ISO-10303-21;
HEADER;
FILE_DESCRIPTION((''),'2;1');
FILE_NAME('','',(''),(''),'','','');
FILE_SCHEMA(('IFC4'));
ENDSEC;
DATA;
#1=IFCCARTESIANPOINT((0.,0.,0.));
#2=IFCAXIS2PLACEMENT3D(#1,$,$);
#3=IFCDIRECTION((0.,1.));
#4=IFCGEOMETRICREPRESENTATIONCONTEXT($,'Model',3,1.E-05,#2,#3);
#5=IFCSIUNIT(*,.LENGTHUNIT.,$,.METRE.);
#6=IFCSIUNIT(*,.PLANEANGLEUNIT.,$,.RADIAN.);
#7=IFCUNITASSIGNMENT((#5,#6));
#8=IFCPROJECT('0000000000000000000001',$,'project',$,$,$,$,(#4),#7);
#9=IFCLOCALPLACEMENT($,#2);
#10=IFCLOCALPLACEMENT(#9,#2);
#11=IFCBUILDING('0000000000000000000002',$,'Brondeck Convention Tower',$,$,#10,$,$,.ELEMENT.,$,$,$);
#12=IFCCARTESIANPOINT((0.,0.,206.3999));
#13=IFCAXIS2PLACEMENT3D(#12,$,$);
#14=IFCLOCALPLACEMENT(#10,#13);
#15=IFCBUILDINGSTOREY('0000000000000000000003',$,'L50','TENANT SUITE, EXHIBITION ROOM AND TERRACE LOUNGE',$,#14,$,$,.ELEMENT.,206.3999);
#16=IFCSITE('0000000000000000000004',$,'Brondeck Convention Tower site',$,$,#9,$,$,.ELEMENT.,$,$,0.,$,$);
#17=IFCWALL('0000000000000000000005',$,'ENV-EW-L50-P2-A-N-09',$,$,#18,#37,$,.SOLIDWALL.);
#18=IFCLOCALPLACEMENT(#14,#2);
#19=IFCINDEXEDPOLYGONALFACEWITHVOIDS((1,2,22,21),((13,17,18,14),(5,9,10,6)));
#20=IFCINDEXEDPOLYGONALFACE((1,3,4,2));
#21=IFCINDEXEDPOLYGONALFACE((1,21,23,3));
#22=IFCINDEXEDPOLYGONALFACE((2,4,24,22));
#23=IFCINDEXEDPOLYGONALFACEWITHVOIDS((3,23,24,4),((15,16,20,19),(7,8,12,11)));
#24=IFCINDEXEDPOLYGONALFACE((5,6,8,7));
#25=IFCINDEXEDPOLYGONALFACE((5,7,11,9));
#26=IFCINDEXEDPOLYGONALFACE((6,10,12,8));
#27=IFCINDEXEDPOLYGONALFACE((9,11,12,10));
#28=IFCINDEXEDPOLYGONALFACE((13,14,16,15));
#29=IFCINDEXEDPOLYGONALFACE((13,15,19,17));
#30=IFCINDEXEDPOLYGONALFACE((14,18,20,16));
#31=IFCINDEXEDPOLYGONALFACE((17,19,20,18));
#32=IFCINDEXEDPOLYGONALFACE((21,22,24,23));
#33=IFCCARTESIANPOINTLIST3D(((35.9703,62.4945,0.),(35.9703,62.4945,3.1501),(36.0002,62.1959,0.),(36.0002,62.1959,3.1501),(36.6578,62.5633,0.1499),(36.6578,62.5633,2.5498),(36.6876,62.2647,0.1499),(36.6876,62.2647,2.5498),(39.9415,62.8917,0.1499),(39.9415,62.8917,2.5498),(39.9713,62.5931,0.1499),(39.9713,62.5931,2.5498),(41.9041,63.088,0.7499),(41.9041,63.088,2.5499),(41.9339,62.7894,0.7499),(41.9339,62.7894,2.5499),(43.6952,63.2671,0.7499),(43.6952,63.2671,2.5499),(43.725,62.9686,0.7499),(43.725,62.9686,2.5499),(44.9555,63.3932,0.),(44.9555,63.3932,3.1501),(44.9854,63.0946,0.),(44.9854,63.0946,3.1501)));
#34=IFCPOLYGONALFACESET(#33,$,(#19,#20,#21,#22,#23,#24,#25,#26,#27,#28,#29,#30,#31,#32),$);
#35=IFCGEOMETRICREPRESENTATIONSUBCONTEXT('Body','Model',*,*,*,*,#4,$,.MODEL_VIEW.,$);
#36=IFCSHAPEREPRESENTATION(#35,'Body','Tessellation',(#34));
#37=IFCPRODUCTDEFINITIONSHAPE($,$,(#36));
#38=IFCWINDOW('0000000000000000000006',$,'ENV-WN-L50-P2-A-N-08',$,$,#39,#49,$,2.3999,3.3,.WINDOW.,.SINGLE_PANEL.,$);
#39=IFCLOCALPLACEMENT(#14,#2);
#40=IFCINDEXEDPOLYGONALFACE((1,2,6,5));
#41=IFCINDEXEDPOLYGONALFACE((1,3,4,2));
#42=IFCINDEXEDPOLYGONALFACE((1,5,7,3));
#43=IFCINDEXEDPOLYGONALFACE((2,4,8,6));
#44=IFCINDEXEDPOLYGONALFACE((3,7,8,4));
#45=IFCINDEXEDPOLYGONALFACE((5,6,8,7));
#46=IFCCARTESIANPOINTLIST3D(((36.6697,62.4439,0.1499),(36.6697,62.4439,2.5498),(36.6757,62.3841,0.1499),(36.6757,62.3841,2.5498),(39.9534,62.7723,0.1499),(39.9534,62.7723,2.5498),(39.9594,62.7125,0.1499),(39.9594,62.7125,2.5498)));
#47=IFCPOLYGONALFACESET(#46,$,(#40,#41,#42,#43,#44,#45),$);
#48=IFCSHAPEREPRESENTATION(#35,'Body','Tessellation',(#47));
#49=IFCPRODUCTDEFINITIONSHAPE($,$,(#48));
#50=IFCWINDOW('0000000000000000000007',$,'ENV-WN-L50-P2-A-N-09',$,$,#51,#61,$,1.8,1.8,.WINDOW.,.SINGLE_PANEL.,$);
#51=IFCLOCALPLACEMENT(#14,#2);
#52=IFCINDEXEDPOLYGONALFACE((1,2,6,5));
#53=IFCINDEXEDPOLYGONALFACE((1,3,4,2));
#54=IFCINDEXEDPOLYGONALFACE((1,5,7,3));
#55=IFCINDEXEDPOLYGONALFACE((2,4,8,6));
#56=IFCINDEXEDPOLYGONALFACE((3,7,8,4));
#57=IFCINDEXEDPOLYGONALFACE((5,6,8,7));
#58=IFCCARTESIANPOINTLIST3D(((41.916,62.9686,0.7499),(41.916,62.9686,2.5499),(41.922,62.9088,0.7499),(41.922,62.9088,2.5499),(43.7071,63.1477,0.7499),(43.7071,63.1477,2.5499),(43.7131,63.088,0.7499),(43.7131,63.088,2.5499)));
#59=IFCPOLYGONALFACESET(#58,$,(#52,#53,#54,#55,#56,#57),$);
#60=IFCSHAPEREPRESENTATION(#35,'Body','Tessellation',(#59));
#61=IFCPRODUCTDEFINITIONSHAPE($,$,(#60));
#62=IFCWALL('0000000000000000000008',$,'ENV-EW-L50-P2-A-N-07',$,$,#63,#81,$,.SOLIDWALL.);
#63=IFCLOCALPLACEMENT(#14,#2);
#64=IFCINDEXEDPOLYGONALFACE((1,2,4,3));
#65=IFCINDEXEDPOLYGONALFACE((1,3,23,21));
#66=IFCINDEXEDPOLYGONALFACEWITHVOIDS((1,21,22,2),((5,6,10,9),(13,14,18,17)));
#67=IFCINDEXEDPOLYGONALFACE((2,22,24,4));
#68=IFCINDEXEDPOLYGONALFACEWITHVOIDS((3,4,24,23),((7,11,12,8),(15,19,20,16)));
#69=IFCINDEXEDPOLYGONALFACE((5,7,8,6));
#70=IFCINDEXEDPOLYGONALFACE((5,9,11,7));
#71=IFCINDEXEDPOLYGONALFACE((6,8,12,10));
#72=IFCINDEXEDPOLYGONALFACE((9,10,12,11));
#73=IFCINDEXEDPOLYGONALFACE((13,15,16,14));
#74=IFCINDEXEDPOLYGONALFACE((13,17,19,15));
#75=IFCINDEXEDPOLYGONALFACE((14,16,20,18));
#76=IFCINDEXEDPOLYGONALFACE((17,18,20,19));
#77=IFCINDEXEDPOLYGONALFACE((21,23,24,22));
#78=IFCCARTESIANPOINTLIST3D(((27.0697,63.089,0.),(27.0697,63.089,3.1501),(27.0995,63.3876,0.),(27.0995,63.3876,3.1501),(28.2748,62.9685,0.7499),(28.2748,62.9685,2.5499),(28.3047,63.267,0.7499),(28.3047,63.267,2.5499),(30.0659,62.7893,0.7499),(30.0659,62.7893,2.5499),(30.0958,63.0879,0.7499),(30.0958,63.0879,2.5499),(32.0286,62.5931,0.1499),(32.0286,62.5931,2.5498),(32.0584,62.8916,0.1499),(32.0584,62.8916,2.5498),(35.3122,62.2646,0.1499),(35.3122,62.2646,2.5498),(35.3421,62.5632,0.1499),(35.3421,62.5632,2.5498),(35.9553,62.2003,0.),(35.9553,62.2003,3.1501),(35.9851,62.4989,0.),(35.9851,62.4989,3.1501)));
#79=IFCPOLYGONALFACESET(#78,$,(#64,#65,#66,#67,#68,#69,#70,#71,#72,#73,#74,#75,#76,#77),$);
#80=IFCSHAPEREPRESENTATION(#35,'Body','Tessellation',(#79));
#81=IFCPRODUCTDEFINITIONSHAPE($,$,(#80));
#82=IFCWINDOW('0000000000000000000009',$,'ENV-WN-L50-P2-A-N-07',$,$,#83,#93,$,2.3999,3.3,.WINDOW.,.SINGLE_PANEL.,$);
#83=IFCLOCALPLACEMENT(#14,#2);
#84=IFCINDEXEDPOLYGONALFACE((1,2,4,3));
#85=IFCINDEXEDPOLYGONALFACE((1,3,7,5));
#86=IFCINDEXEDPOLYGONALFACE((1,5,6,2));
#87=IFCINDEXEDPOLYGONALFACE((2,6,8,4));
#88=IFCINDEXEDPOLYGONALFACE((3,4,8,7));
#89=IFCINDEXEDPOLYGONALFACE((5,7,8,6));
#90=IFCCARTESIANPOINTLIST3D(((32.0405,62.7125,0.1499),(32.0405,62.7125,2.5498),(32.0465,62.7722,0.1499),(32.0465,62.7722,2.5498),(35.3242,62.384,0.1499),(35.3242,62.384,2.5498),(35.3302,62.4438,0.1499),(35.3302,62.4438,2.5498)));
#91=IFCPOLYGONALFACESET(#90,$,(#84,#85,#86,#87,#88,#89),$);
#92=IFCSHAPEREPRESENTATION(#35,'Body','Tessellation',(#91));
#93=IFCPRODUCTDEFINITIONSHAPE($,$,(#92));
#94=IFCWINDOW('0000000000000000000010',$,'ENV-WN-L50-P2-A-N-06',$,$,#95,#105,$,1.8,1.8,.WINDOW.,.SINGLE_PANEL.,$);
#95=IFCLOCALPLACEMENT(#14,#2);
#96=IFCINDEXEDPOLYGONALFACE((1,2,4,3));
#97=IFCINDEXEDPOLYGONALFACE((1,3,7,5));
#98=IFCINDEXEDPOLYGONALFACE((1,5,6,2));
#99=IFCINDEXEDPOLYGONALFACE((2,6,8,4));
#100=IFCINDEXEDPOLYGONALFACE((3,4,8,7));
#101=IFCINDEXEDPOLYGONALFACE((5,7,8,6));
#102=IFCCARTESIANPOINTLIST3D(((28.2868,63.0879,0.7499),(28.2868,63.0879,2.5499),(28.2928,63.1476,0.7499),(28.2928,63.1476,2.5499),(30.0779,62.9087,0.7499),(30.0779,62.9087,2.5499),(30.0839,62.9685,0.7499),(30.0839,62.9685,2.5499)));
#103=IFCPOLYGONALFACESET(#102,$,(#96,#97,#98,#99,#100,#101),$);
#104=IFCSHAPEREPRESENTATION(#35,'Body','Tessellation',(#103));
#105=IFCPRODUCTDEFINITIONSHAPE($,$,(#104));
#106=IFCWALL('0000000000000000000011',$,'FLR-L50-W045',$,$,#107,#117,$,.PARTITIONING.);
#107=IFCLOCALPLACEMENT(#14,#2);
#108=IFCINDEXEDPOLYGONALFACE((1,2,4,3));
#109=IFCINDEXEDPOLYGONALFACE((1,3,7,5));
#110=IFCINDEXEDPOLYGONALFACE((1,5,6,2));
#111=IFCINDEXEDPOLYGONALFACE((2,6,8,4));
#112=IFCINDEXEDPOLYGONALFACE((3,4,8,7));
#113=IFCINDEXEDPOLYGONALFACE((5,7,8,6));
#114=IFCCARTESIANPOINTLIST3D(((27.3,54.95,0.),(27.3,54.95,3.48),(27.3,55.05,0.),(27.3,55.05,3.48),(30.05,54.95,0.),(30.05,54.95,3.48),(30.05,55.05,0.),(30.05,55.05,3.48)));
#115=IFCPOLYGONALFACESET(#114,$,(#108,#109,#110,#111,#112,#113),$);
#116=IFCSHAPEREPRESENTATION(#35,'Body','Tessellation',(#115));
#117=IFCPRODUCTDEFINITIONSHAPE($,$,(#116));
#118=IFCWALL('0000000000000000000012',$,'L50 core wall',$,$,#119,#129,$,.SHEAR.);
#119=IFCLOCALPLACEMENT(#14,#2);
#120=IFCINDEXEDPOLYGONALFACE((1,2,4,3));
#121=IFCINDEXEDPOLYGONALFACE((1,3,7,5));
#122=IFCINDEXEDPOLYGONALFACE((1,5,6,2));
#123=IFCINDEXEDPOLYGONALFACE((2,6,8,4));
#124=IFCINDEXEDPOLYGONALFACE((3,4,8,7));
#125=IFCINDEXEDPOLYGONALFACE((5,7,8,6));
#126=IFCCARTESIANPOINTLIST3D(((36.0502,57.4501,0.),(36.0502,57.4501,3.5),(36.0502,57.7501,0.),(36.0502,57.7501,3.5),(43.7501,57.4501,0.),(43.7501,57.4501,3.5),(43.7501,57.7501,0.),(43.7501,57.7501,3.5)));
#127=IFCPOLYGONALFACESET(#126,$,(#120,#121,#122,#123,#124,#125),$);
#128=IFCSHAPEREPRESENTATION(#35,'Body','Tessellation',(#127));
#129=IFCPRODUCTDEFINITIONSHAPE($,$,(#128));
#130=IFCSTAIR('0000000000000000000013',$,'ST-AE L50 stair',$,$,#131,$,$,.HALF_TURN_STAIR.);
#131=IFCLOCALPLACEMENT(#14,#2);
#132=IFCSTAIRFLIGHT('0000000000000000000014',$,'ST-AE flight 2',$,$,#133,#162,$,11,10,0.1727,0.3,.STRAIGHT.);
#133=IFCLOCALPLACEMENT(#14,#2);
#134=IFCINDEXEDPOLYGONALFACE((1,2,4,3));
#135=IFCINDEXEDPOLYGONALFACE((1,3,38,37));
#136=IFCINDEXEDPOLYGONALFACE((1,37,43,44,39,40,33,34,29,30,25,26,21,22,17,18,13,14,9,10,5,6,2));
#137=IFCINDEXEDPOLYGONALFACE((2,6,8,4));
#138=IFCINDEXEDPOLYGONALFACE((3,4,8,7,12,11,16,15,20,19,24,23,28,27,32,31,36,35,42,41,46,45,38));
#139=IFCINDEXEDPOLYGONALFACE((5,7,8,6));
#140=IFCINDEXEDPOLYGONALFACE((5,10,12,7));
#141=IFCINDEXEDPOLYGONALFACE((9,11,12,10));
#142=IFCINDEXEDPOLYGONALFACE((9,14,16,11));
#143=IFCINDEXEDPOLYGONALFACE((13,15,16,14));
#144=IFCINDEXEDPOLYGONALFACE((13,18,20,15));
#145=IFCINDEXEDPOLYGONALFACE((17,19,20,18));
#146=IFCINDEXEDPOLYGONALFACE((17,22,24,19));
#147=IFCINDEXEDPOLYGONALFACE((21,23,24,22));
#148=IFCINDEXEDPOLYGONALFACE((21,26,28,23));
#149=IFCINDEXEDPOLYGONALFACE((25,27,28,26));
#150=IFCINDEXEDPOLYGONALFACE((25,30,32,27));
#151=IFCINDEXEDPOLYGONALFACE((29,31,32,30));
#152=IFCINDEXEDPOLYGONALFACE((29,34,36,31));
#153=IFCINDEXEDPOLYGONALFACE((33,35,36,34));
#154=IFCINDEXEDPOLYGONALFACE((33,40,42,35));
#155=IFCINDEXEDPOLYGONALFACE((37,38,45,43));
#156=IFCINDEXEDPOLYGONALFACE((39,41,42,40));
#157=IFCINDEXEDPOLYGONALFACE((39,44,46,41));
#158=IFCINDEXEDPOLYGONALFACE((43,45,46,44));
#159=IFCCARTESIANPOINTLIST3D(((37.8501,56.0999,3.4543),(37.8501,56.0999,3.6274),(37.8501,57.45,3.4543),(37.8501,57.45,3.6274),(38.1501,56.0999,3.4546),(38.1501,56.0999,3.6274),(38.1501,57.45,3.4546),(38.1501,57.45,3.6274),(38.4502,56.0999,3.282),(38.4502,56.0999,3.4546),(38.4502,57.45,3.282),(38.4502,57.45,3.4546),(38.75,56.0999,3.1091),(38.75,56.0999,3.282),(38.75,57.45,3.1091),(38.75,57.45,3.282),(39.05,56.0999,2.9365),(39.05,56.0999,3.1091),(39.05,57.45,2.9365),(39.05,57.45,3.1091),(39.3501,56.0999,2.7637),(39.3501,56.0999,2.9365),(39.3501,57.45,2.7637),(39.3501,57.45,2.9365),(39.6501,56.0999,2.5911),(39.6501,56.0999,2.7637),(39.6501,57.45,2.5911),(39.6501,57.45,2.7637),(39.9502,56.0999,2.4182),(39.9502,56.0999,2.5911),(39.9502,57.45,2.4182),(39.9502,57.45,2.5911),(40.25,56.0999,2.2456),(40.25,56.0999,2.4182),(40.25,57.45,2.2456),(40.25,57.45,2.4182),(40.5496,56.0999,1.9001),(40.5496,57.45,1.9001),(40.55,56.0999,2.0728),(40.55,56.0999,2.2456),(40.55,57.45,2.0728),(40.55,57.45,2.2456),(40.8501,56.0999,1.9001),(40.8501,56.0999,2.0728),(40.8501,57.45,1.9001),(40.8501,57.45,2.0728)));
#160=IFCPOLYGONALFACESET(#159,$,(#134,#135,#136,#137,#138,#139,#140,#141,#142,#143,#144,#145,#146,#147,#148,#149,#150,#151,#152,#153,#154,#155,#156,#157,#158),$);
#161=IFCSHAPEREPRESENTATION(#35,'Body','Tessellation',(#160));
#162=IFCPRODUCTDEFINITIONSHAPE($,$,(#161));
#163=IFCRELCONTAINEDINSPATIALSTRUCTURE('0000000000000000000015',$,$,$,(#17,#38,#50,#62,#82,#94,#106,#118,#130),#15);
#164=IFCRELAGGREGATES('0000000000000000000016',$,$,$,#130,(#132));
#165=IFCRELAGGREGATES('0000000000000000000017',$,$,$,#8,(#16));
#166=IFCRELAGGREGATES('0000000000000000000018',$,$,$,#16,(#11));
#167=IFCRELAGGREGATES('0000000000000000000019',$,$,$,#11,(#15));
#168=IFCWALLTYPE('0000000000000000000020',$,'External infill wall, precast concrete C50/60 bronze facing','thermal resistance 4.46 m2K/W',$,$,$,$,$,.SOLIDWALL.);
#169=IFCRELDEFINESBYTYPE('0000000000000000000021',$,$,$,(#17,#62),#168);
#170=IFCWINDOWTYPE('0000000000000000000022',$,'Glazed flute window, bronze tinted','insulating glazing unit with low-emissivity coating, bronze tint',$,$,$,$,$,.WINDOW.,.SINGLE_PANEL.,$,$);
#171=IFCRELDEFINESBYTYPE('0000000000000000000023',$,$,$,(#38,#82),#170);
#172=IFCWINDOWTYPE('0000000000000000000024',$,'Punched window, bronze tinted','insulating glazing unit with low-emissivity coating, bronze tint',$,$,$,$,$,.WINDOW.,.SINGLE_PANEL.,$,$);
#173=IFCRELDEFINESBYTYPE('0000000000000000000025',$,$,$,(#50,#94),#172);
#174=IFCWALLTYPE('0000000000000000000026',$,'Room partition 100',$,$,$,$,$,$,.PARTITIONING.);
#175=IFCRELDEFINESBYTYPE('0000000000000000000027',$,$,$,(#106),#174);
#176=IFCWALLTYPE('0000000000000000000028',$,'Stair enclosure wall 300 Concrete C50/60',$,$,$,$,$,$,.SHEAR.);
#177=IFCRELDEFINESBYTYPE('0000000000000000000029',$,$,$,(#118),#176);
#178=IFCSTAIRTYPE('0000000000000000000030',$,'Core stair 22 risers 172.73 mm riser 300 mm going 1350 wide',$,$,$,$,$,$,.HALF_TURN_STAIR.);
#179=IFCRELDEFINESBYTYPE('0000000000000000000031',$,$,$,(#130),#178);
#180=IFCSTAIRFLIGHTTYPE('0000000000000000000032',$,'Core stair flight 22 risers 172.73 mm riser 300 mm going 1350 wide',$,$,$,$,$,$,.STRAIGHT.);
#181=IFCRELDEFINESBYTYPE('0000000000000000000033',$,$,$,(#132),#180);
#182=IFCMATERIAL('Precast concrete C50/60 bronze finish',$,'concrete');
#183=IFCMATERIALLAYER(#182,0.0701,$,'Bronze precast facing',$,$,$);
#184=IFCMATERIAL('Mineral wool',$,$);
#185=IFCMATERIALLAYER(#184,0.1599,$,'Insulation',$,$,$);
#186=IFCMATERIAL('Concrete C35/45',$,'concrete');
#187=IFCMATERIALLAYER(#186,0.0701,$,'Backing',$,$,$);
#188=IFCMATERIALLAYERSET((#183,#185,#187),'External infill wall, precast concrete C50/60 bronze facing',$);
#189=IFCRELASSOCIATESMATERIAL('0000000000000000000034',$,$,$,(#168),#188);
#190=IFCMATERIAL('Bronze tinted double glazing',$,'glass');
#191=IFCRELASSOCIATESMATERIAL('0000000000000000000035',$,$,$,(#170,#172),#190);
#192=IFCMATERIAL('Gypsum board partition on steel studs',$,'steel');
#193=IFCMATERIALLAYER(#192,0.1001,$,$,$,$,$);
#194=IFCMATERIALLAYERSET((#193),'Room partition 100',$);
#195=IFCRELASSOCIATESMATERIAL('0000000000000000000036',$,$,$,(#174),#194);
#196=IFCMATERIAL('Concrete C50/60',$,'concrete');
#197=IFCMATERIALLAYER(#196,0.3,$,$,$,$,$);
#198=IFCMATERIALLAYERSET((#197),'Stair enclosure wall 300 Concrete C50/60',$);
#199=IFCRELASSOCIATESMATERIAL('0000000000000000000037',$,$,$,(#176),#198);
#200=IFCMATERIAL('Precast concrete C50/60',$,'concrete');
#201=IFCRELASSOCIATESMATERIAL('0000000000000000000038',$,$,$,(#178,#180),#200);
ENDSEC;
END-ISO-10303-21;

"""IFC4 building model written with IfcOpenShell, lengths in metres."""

from ifc_helpers import new_model, si_unit, direction, frame, frame_2d, origin, place, context, subcontext, project, spatial, polyline, rectangle, outline, extrude, material, layer, layer_set, type_object, element, fill, aggregate, save


model = new_model("IFC4")

# Units and contexts
model_context = context("Model", 3, precision=1e-05, world=origin(), true_north=direction((0.0, 1.0)))
body_context = subcontext(model_context, "Body", "Model", "MODEL_VIEW")
ifc_project = project(units=[si_unit("LENGTHUNIT", "METRE"), si_unit("PLANEANGLEUNIT", "RADIAN")], contexts=[model_context])

# Site, building, storey
site_placement = place(None, origin())
site = spatial("IfcSite", under=ifc_project, at=site_placement, Name="Brondeck Convention Tower site", CompositionType="ELEMENT", RefElevation=0.0)
building_placement = place(site_placement, origin())
building = spatial("IfcBuilding", under=site, at=building_placement, Name="Brondeck Convention Tower", CompositionType="ELEMENT")
storey_placement = place(building_placement, frame((0.0, 0.0, 206.3999)))
storey = spatial("IfcBuildingStorey", under=building, at=storey_placement, Name="L50", Description="TENANT SUITE, EXHIBITION ROOM AND TERRACE LOUNGE", CompositionType="ELEMENT", Elevation=206.3999)

# Shared definitions
ifc_material_1 = material(Name="Concrete C50/60", Category="concrete")

# Walls, openings, windows
ifc_material_2 = material(Name="Precast concrete C50/60 bronze finish", Category="concrete")
ifc_layer_1 = layer(ifc_material_2, 0.0701, Name="Bronze precast facing")
ifc_material_3 = material(Name="Mineral wool")
ifc_layer_2 = layer(ifc_material_3, 0.1599, Name="Insulation")
ifc_material_4 = material(Name="Concrete C35/45", Category="concrete")
ifc_layer_3 = layer(ifc_material_4, 0.0701, Name="Backing")
ifc_layer_set_1 = layer_set([ifc_layer_1, ifc_layer_2, ifc_layer_3], Name="External infill wall, precast concrete C50/60 bronze facing")
wall_type_1 = type_object("IfcWallType", Name="External infill wall, precast concrete C50/60 bronze facing", Description="thermal resistance 4.46 m2K/W", PredefinedType="SOLIDWALL", material=ifc_layer_set_1)
wall_1_placement = place(storey_placement, frame((35.9851, 62.3452, 0.0), z_axis=(0.0, 0.0, 1.0), x_axis=(0.995035, 0.099522, 0.0)))
wall_1 = element("IfcWall", 1, at=wall_1_placement, inside=storey, type_object=wall_type_1, Name="ENV-EW-L50-P2-A-N-09", PredefinedType="SOLIDWALL", context=body_context, shape_type="SweptSolid", body=[
    extrude(rectangle(XDim=9.03, YDim=0.3, at=frame_2d((4.5151, 0.0))), origin(), (0.0, 0.0, 1.0), 3.1501),
])
opening_1_placement = place(wall_1_placement, frame((0.6912, 0.0, 0.1499)))
opening_1 = element("IfcOpeningElement", 2, at=opening_1_placement, cuts=wall_1, PredefinedType="OPENING", context=body_context, shape_type="SweptSolid", body=[
    extrude(rectangle(XDim=3.3, YDim=2.3999, at=frame_2d((1.6499, 1.2))), frame((0.0, 0.1599, 0.0), z_axis=(0.0, -1.0, 0.0), x_axis=(1.0, 0.0, 0.0)), (0.0, 0.0, 1.0), 0.3201),
])
opening_2_placement = place(wall_1_placement, frame((5.9636, 0.0, 0.75)))
opening_2 = element("IfcOpeningElement", 3, at=opening_2_placement, cuts=wall_1, PredefinedType="OPENING", context=body_context, shape_type="SweptSolid", body=[
    extrude(rectangle(XDim=1.8, YDim=1.8, at=frame_2d((0.8999, 0.8999))), frame((0.0, 0.1599, 0.0), z_axis=(0.0, -1.0, 0.0), x_axis=(1.0, 0.0, 0.0)), (0.0, 0.0, 1.0), 0.3201),
])
ifc_material_5 = material(Name="Bronze tinted double glazing", Category="glass")
window_type_1 = type_object("IfcWindowType", Name="Glazed flute window, bronze tinted", Description="insulating glazing unit with low-emissivity coating, bronze tint", PartitioningType="SINGLE_PANEL", PredefinedType="WINDOW", material=ifc_material_5)
window_1_placement = place(opening_1_placement, origin())
window_1 = element("IfcWindow", 4, at=window_1_placement, inside=storey, type_object=window_type_1, Name="ENV-WN-L50-P2-A-N-08", OverallHeight=2.3999, OverallWidth=3.3, PartitioningType="SINGLE_PANEL", PredefinedType="WINDOW", context=body_context, shape_type="SweptSolid", body=[
    extrude(rectangle(XDim=3.3, YDim=2.3999, at=frame_2d((1.6499, 1.2))), frame((0.0, 0.03, 0.0), z_axis=(0.0, -1.0, 0.0), x_axis=(1.0, 0.0, 0.0)), (0.0, 0.0, 1.0), 0.0601),
])
fill(opening_1, window_1)
window_type_2 = type_object("IfcWindowType", Name="Punched window, bronze tinted", Description="insulating glazing unit with low-emissivity coating, bronze tint", PartitioningType="SINGLE_PANEL", PredefinedType="WINDOW", material=ifc_material_5)
window_2_placement = place(opening_2_placement, origin())
window_2 = element("IfcWindow", 5, at=window_2_placement, inside=storey, type_object=window_type_2, Name="ENV-WN-L50-P2-A-N-09", OverallHeight=1.8, OverallWidth=1.8, PartitioningType="SINGLE_PANEL", PredefinedType="WINDOW", context=body_context, shape_type="SweptSolid", body=[
    extrude(rectangle(XDim=1.8, YDim=1.8, at=frame_2d((0.8999, 0.8999))), frame((0.0, 0.03, 0.0), z_axis=(0.0, -1.0, 0.0), x_axis=(1.0, 0.0, 0.0)), (0.0, 0.0, 1.0), 0.0601),
])
fill(opening_2, window_2)
wall_2_placement = place(storey_placement, frame((27.0847, 63.2383, 0.0), z_axis=(0.0, 0.0, 1.0), x_axis=(0.995036, -0.099517, 0.0)))
wall_2 = element("IfcWall", 6, at=wall_2_placement, inside=storey, type_object=wall_type_1, Name="ENV-EW-L50-P2-A-N-07", PredefinedType="SOLIDWALL", context=body_context, shape_type="SweptSolid", body=[
    extrude(rectangle(XDim=8.9299, YDim=0.3, at=frame_2d((4.4648, 0.0))), origin(), (0.0, 0.0, 1.0), 3.1501),
])
opening_3_placement = place(wall_2_placement, frame((1.2112, 0.0, 0.75)))
opening_3 = element("IfcOpeningElement", 7, at=opening_3_placement, cuts=wall_2, PredefinedType="OPENING", context=body_context, shape_type="SweptSolid", body=[
    extrude(rectangle(XDim=1.8, YDim=1.8, at=frame_2d((0.8999, 0.8999))), frame((0.0, 0.1599, 0.0), z_axis=(0.0, -1.0, 0.0), x_axis=(1.0, 0.0, 0.0)), (0.0, 0.0, 1.0), 0.3201),
])
opening_4_placement = place(wall_2_placement, frame((4.9836, 0.0, 0.1499)))
opening_4 = element("IfcOpeningElement", 8, at=opening_4_placement, cuts=wall_2, PredefinedType="OPENING", context=body_context, shape_type="SweptSolid", body=[
    extrude(rectangle(XDim=3.3, YDim=2.3999, at=frame_2d((1.6499, 1.2))), frame((0.0, 0.1599, 0.0), z_axis=(0.0, -1.0, 0.0), x_axis=(1.0, 0.0, 0.0)), (0.0, 0.0, 1.0), 0.3201),
])
window_3_placement = place(opening_4_placement, origin())
window_3 = element("IfcWindow", 9, at=window_3_placement, inside=storey, type_object=window_type_1, Name="ENV-WN-L50-P2-A-N-07", OverallHeight=2.3999, OverallWidth=3.3, PartitioningType="SINGLE_PANEL", PredefinedType="WINDOW", context=body_context, shape_type="SweptSolid", body=[
    extrude(rectangle(XDim=3.3, YDim=2.3999, at=frame_2d((1.6499, 1.2))), frame((0.0, 0.03, 0.0), z_axis=(0.0, -1.0, 0.0), x_axis=(1.0, 0.0, 0.0)), (0.0, 0.0, 1.0), 0.0601),
])
fill(opening_4, window_3)
window_4_placement = place(opening_3_placement, origin())
window_4 = element("IfcWindow", 10, at=window_4_placement, inside=storey, type_object=window_type_2, Name="ENV-WN-L50-P2-A-N-06", OverallHeight=1.8, OverallWidth=1.8, PartitioningType="SINGLE_PANEL", PredefinedType="WINDOW", context=body_context, shape_type="SweptSolid", body=[
    extrude(rectangle(XDim=1.8, YDim=1.8, at=frame_2d((0.8999, 0.8999))), frame((0.0, 0.03, 0.0), z_axis=(0.0, -1.0, 0.0), x_axis=(1.0, 0.0, 0.0)), (0.0, 0.0, 1.0), 0.0601),
])
fill(opening_3, window_4)

# Walls
ifc_material_6 = material(Name="Gypsum board partition on steel studs", Category="steel")
ifc_layer_4 = layer(ifc_material_6, 0.1001)
ifc_layer_set_2 = layer_set([ifc_layer_4], Name="Room partition 100")
wall_type_2 = type_object("IfcWallType", Name="Room partition 100", PredefinedType="PARTITIONING", material=ifc_layer_set_2)
wall_3_placement = place(storey_placement, frame((27.3, 55.0, 0.0), z_axis=(0.0, 0.0, 1.0), x_axis=(1.0, 0.0, 0.0)))
element("IfcWall", 11, at=wall_3_placement, inside=storey, type_object=wall_type_2, Name="FLR-L50-W045", PredefinedType="PARTITIONING", context=body_context, shape_type="SweptSolid", body=[
    extrude(rectangle(XDim=2.75, YDim=0.1001, at=frame_2d((1.375, 0.0))), origin(), (0.0, 0.0, 1.0), 3.48),
])
ifc_layer_5 = layer(ifc_material_1, 0.3)
ifc_layer_set_3 = layer_set([ifc_layer_5], Name="Stair enclosure wall 300 Concrete C50/60")
wall_type_3 = type_object("IfcWallType", Name="Stair enclosure wall 300 Concrete C50/60", PredefinedType="SHEAR", material=ifc_layer_set_3)
wall_4_placement = place(storey_placement, frame((36.05, 57.6001, 0.0), z_axis=(0.0, 0.0, 1.0), x_axis=(1.0, 0.0, 0.0)))
element("IfcWall", 12, at=wall_4_placement, inside=storey, type_object=wall_type_3, Name="L50 core wall", PredefinedType="SHEAR", context=body_context, shape_type="SweptSolid", body=[
    extrude(rectangle(XDim=7.7, YDim=0.3, at=frame_2d((3.8501, 0.0))), origin(), (0.0, 0.0, 1.0), 3.5),
])

# Stair, stair flight
ifc_material_7 = material(Name="Precast concrete C50/60", Category="concrete")
stair_type = type_object("IfcStairType", Name="Core stair 22 risers 172.73 mm riser 300 mm going 1350 wide", PredefinedType="HALF_TURN_STAIR", material=ifc_material_7)
stair_placement = place(storey_placement, origin())
stair = element("IfcStair", 13, at=stair_placement, inside=storey, type_object=stair_type, Name="ST-AE L50 stair", PredefinedType="HALF_TURN_STAIR")
stair_flight_type = type_object("IfcStairFlightType", Name="Core stair flight 22 risers 172.73 mm riser 300 mm going 1350 wide", PredefinedType="STRAIGHT", material=ifc_material_7)
stair_flight_placement = place(storey_placement, frame((40.8501, 56.7749, 1.9001), z_axis=(0.0, 0.0, 1.0), x_axis=(-1.0, 0.0, 0.0)))
stair_flight = element("IfcStairFlight", 14, at=stair_flight_placement, type_object=stair_flight_type, Name="ST-AE flight 2", NumberOfRisers=11, NumberOfTreads=10, PredefinedType="STRAIGHT", RiserHeight=0.1727, TreadLength=0.3, context=body_context, shape_type="SweptSolid", body=[
    extrude(outline(polyline([(0.0, 0.0), (0.0, 0.1726), (0.3, 0.1726), (0.3, 0.3455), (0.6001, 0.3455), (0.6001, 0.5181), (0.8999, 0.5181), (0.8999, 0.6909), (1.2, 0.6909), (1.2, 0.8635), (1.5, 0.8635), (1.5, 1.0364), (1.8, 1.0364), (1.8, 1.209), (2.1001, 1.209), (2.1001, 1.3818), (2.3999, 1.3818), (2.3999, 1.5544), (2.7, 1.5544), (2.7, 1.7273), (3.0, 1.7273), (3.0, 1.8999), (3.0, 1.5542), (0.3005, 0.0), (0.0, 0.0)])), frame((0.0, 0.675, 0.0), z_axis=(0.0, -1.0, 0.0), x_axis=(1.0, 0.0, 0.0)), (0.0, 0.0, 1.0), 1.3501),
])
aggregate(stair, [stair_flight])

save(model, "model.ifc")
